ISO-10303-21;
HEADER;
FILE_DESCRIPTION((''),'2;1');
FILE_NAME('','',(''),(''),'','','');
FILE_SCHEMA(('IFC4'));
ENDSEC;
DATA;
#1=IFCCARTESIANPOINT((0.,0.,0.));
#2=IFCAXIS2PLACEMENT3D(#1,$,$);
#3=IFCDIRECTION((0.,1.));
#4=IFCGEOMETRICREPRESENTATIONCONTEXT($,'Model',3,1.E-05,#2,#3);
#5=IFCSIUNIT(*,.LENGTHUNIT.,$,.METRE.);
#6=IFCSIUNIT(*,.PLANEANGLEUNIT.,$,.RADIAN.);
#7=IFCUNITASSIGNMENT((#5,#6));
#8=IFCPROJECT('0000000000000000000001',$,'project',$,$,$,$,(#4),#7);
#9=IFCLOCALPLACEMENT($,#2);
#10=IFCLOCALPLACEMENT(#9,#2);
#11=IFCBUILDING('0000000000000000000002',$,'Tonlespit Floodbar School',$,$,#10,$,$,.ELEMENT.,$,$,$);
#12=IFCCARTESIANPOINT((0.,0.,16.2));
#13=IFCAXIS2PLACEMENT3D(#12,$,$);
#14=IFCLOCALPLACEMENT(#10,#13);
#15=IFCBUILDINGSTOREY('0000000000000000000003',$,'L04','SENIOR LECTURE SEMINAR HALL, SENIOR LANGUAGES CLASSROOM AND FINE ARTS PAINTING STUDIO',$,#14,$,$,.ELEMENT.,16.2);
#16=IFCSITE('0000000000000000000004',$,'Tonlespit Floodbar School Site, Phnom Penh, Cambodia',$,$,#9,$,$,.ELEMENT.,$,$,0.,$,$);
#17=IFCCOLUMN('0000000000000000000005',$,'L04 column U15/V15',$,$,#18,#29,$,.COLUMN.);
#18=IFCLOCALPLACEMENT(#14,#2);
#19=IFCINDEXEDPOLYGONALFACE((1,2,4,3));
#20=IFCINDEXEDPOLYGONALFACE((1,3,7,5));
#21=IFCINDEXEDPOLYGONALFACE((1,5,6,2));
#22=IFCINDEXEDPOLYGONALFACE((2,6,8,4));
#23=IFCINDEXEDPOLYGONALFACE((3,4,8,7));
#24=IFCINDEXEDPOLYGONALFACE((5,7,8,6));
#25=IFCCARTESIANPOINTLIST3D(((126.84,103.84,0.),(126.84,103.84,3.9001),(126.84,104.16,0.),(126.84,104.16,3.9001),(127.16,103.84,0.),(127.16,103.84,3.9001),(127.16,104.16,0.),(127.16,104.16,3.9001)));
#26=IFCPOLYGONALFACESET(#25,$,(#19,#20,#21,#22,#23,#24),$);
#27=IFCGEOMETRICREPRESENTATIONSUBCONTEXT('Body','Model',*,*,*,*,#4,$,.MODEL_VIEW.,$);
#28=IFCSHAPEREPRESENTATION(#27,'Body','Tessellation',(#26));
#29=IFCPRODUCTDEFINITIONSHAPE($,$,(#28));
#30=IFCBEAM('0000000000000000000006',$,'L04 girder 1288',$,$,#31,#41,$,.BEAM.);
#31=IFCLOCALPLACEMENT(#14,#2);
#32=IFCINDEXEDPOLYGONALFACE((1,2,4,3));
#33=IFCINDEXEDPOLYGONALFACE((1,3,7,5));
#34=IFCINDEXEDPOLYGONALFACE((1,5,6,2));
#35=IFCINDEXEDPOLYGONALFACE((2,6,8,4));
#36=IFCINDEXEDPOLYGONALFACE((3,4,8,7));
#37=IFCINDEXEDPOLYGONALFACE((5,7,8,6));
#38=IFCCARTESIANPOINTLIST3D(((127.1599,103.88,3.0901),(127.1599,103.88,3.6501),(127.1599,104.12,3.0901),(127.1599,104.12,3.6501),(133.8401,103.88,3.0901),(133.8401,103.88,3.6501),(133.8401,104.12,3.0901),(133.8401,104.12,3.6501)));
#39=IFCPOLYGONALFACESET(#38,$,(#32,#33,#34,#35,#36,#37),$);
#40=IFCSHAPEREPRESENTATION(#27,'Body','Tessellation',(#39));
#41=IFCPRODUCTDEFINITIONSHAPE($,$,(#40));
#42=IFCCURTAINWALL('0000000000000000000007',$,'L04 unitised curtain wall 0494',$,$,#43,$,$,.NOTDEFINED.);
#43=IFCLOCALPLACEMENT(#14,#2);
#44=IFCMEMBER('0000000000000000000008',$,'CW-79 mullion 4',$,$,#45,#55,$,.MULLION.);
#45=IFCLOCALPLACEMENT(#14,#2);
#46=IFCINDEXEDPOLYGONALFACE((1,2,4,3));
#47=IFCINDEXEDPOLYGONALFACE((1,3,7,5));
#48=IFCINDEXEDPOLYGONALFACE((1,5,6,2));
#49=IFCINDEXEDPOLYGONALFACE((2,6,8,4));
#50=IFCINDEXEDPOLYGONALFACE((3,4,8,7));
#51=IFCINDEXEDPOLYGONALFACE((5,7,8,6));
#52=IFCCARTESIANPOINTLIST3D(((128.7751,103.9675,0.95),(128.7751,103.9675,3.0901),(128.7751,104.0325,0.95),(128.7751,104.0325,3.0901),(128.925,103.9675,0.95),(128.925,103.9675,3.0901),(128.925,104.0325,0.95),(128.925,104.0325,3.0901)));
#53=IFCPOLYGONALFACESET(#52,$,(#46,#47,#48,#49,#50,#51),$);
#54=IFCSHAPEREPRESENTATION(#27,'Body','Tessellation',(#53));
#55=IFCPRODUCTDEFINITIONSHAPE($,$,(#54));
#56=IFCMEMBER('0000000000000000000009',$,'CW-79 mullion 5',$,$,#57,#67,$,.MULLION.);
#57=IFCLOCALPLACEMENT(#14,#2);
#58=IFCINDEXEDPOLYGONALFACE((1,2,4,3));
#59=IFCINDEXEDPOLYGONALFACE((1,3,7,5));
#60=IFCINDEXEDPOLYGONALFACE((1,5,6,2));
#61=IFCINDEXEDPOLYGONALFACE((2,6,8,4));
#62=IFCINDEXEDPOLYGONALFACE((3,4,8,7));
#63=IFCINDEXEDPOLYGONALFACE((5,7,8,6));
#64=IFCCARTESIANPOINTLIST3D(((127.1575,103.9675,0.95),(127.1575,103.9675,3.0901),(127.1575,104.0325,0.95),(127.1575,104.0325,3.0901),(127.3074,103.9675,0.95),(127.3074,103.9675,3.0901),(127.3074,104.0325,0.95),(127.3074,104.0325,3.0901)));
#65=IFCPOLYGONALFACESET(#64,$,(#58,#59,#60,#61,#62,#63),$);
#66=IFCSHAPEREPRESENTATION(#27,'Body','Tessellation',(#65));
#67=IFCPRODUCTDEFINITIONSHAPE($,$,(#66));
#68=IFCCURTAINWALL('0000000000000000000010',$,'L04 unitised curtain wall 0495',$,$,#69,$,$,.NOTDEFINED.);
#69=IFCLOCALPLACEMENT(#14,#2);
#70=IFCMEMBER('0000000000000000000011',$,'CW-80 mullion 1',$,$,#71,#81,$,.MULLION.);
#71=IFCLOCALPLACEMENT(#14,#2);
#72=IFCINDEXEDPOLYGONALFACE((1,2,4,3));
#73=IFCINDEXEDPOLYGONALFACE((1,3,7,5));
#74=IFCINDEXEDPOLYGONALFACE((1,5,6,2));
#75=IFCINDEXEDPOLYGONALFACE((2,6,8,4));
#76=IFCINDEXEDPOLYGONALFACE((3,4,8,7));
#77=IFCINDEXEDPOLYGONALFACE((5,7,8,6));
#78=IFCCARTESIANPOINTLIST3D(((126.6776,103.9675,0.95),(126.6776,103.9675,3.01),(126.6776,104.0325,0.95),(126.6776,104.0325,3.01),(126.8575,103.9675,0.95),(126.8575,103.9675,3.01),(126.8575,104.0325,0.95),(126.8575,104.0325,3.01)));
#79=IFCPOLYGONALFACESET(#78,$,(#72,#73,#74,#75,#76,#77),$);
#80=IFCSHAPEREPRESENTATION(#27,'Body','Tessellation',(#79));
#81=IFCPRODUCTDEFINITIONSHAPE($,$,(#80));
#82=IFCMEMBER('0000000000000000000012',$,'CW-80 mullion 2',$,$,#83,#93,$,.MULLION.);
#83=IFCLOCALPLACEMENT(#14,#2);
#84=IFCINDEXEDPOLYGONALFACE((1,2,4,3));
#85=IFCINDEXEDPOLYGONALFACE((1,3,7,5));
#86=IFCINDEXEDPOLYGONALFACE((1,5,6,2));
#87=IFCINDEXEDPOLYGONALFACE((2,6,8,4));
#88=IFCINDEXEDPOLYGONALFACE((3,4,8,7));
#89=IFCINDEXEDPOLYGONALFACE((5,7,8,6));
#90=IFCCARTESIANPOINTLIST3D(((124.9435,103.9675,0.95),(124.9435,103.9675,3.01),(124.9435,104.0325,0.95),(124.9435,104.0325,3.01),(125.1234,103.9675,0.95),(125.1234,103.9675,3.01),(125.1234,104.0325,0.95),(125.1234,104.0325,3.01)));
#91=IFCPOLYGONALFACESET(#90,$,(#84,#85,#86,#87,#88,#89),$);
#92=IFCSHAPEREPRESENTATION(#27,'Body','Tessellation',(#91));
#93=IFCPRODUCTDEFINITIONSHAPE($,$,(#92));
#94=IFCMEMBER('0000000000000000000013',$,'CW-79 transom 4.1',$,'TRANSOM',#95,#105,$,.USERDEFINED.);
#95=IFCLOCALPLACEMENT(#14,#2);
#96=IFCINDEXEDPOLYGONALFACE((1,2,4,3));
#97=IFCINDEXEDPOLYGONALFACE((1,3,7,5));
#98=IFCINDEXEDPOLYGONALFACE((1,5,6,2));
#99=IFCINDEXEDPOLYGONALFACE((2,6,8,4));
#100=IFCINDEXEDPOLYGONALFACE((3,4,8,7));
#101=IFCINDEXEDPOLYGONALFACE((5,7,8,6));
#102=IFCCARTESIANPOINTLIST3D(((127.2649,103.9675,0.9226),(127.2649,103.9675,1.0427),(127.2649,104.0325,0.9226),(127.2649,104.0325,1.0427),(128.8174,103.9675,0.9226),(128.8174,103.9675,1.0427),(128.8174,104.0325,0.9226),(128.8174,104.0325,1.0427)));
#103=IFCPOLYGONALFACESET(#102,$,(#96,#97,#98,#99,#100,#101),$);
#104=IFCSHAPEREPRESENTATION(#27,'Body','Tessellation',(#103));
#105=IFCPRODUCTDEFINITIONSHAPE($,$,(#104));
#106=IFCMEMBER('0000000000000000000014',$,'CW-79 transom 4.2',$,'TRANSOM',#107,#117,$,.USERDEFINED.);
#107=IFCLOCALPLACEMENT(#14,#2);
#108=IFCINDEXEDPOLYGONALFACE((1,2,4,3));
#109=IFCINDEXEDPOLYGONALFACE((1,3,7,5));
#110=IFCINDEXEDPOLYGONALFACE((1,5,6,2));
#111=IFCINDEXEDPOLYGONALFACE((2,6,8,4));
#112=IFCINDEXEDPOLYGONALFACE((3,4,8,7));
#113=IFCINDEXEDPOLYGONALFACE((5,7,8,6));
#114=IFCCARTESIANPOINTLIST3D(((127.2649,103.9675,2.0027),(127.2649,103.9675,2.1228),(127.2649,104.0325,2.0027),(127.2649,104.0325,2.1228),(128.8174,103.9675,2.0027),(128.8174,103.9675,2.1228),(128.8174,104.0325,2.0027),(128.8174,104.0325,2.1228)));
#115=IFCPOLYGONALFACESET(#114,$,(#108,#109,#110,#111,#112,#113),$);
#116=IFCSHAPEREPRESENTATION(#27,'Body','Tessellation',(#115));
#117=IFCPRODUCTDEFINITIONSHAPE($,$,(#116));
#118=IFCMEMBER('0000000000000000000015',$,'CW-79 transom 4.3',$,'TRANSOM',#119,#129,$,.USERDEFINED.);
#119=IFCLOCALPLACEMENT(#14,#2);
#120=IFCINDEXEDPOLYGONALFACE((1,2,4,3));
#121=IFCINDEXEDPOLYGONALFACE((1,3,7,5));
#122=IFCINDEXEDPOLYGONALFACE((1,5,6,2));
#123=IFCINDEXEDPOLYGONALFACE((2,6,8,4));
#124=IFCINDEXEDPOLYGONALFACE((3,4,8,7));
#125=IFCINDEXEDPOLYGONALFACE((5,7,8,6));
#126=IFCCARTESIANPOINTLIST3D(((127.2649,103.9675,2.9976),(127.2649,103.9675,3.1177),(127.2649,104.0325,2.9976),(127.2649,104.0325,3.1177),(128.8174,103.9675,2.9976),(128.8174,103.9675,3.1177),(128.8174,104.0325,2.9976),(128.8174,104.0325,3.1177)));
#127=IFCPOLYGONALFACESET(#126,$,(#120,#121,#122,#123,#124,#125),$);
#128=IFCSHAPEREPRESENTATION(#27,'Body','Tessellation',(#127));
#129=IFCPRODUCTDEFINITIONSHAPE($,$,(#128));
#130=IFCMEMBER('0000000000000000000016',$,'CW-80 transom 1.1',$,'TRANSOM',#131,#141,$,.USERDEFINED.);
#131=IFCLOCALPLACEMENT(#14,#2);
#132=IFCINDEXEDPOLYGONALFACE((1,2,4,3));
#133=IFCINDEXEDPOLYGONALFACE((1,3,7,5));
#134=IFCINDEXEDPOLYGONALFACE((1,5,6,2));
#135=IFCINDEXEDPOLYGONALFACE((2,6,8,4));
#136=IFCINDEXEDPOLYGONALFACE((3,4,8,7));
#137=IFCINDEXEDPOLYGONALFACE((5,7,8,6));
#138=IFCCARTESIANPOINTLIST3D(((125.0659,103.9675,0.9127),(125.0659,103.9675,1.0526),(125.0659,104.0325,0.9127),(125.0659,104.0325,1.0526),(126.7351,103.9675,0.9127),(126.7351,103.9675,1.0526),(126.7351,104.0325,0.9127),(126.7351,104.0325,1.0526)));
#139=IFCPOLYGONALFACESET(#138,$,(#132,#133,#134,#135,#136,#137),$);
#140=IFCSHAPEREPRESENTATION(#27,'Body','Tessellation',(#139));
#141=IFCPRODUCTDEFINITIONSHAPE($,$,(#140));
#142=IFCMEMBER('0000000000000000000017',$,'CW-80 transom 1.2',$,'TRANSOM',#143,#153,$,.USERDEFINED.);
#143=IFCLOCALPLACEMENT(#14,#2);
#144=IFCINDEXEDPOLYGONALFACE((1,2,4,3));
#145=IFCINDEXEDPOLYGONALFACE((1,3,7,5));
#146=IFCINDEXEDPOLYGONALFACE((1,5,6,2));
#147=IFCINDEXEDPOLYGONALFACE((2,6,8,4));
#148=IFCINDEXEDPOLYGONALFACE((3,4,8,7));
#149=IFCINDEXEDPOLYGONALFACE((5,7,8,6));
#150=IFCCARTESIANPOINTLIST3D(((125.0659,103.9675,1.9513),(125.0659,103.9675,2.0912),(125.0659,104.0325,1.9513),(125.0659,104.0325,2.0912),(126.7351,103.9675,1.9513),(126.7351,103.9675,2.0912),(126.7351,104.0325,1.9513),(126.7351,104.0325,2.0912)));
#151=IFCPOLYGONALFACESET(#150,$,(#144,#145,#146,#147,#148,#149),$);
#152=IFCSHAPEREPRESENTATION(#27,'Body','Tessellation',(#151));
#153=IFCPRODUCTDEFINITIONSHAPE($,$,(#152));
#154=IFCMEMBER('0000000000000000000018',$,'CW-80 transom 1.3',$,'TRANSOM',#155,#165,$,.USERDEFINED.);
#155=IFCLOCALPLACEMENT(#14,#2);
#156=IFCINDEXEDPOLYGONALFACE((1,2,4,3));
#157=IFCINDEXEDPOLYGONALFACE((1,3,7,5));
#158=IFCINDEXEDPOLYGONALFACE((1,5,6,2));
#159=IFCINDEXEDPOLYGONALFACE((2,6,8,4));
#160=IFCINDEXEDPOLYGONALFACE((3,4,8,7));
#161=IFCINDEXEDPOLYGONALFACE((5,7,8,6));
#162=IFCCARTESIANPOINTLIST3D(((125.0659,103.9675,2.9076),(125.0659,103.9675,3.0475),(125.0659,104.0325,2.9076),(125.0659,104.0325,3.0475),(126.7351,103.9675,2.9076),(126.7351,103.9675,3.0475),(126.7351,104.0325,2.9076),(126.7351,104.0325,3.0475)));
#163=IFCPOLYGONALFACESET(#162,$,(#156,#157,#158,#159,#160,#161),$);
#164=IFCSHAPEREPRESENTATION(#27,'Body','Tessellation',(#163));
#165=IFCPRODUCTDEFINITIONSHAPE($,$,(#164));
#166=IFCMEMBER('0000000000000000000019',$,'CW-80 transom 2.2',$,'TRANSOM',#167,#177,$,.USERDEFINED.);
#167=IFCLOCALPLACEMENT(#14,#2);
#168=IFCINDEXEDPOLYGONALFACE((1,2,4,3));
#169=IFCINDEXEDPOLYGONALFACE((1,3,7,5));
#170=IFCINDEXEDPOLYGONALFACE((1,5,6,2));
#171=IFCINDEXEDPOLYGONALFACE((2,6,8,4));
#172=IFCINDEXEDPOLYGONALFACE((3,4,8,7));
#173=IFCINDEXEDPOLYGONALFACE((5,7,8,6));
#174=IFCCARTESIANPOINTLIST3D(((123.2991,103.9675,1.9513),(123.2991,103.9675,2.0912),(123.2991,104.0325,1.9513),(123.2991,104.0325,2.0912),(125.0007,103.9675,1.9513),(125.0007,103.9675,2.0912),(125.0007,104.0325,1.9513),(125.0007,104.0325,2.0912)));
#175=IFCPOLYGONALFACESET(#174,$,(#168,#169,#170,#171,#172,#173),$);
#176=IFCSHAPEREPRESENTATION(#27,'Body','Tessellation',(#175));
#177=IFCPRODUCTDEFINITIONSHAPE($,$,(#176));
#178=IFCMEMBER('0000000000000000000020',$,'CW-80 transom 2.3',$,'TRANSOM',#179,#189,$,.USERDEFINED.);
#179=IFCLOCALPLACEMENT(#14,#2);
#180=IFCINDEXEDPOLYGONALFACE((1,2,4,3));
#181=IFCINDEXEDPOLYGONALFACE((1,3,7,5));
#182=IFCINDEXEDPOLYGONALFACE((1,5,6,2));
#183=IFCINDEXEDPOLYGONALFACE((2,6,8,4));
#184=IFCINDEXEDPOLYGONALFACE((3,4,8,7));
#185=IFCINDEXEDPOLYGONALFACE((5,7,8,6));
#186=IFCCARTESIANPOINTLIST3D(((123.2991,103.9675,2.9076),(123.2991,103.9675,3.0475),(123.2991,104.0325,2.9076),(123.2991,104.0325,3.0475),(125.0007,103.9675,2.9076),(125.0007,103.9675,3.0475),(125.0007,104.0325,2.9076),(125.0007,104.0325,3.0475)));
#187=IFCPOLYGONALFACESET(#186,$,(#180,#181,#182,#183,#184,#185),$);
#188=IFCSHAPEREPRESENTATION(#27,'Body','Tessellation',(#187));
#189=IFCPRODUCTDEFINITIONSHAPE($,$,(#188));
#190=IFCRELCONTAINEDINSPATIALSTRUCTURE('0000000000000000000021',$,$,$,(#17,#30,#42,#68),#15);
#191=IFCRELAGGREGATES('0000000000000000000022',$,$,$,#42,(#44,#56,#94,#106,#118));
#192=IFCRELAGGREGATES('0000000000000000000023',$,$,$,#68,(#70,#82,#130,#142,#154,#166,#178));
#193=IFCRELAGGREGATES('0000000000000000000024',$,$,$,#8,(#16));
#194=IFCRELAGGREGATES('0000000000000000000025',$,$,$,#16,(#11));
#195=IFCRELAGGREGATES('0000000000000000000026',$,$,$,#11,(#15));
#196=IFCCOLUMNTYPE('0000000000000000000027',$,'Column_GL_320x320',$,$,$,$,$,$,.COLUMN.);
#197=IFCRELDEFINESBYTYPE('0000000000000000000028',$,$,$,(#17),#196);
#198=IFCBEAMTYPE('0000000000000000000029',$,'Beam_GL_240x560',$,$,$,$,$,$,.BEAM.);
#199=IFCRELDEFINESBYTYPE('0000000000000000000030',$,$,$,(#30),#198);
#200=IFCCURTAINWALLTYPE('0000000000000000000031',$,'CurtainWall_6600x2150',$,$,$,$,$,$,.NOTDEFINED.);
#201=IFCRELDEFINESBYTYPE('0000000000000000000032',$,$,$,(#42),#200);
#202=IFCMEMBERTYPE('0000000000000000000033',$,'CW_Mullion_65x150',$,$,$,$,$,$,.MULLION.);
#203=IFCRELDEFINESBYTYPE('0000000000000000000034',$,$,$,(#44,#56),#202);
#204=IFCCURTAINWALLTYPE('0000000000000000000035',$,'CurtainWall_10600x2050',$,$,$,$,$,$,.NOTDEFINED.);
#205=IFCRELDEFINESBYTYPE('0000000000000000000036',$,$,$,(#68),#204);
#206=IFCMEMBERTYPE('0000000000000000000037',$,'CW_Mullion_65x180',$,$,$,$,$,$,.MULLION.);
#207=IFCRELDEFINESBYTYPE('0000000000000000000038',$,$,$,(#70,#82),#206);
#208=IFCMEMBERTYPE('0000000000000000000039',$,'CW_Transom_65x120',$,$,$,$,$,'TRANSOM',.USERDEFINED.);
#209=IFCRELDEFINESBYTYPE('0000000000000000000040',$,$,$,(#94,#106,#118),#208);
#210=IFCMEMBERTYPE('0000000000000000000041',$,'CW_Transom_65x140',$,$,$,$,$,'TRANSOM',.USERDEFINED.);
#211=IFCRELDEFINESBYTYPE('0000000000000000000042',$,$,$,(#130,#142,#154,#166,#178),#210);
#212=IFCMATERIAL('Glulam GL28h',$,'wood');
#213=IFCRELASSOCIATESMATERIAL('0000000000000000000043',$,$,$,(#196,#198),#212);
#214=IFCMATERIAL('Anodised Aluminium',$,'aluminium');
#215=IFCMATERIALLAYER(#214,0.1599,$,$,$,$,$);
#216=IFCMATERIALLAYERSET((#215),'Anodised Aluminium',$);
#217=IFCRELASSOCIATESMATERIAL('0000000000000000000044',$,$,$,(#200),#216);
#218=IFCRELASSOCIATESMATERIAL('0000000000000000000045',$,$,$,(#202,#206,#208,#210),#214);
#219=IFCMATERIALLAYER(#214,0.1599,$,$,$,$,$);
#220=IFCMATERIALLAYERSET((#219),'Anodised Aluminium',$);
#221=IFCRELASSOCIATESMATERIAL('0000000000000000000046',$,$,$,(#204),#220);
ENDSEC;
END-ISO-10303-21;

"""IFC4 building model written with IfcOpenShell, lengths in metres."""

from ifc_helpers import new_model, si_unit, direction, frame, origin, origin_2d, place, context, subcontext, project, spatial, rectangle, extrude, material, layer, layer_set, material_profile, profile_set, type_object, element, aggregate, save


model = new_model("IFC4")

# Units and contexts
model_context = context("Model", 3, precision=1e-05, world=origin(), true_north=direction((0.0, 1.0)))
body_context = subcontext(model_context, "Body", "Model", "MODEL_VIEW")
ifc_project = project(units=[si_unit("LENGTHUNIT", "METRE"), si_unit("PLANEANGLEUNIT", "RADIAN")], contexts=[model_context])

# Site, building, storey
site_placement = place(None, origin())
site = spatial("IfcSite", under=ifc_project, at=site_placement, Name="Tonlespit Floodbar School Site, Phnom Penh, Cambodia", CompositionType="ELEMENT", RefElevation=0.0)
building_placement = place(site_placement, origin())
building = spatial("IfcBuilding", under=site, at=building_placement, Name="Tonlespit Floodbar School", CompositionType="ELEMENT")
storey_placement = place(building_placement, frame((0.0, 0.0, 16.2)))
storey = spatial("IfcBuildingStorey", under=building, at=storey_placement, Name="L04", Description="SENIOR LECTURE SEMINAR HALL, SENIOR LANGUAGES CLASSROOM AND FINE ARTS PAINTING STUDIO", CompositionType="ELEMENT", Elevation=16.2)

# Column
ifc_material_1 = material(Name="Glulam GL28h", Category="wood")
ifc_material_profile_1 = material_profile(ifc_material_1, rectangle(XDim=0.3201, YDim=0.3201, at=origin_2d()), Name="GL 320x320")
ifc_profile_set_1 = profile_set([ifc_material_profile_1], Name="Glulam GL28h")
column_type = type_object("IfcColumnType", Name="Column_GL_320x320", PredefinedType="COLUMN", material=ifc_profile_set_1)
column_placement = place(storey_placement, frame((127.0, 104.0, 0.0), z_axis=(0.0, 0.0, 1.0), x_axis=(1.0, 0.0, 0.0)))
element("IfcColumn", 1, at=column_placement, inside=storey, type_object=column_type, Name="L04 column U15/V15", PredefinedType="COLUMN", context=body_context, shape_type="SweptSolid", body=[
    extrude(rectangle(XDim=0.3201, YDim=0.3201, at=origin_2d()), origin(), (0.0, 0.0, 1.0), 3.9001),
])

# Beam
ifc_material_profile_2 = material_profile(ifc_material_1, rectangle(XDim=0.24, YDim=0.5601, at=origin_2d()), Name="GL 240x560")
ifc_profile_set_2 = profile_set([ifc_material_profile_2], Name="Glulam GL28h")
beam_type = type_object("IfcBeamType", Name="Beam_GL_240x560", PredefinedType="BEAM", material=ifc_profile_set_2)
beam_placement = place(storey_placement, frame((127.1599, 104.0, 3.3701), z_axis=(1.0, 0.0, 0.0), x_axis=(0.0, 1.0, 0.0)))
element("IfcBeam", 2, at=beam_placement, inside=storey, type_object=beam_type, Name="L04 girder 1288", PredefinedType="BEAM", context=body_context, shape_type="SweptSolid", body=[
    extrude(rectangle(XDim=0.24, YDim=0.5601, at=origin_2d()), origin(), (0.0, 0.0, 1.0), 6.6802),
])

# Curtain walls, members
ifc_material_2 = material(Name="Anodised Aluminium", Category="aluminium")
ifc_layer_1 = layer(ifc_material_2, 0.1599)
ifc_layer_set_1 = layer_set([ifc_layer_1], Name="Anodised Aluminium")
curtain_wall_type_1 = type_object("IfcCurtainWallType", Name="CurtainWall_6600x2150", PredefinedType="NOTDEFINED", material=ifc_layer_set_1)
curtain_wall_1_placement = place(storey_placement, origin())
curtain_wall_1 = element("IfcCurtainWall", 3, at=curtain_wall_1_placement, inside=storey, type_object=curtain_wall_type_1, Name="L04 unitised curtain wall 0494", PredefinedType="NOTDEFINED")
ifc_material_profile_3 = material_profile(ifc_material_2, rectangle(XDim=0.0649, YDim=0.1499, at=origin_2d()), Name="ALU M65x150")
ifc_profile_set_3 = profile_set([ifc_material_profile_3], Name="Anodised Aluminium")
member_type_1 = type_object("IfcMemberType", Name="CW_Mullion_65x150", PredefinedType="MULLION", material=ifc_profile_set_3)
member_1_placement = place(storey_placement, frame((128.8501, 104.0, 0.95), z_axis=(0.0, 0.0, 1.0), x_axis=(0.0, -1.0, 0.0)))
member_1 = element("IfcMember", 4, at=member_1_placement, type_object=member_type_1, Name="CW-79 mullion 4", PredefinedType="MULLION", context=body_context, shape_type="SweptSolid", body=[
    extrude(rectangle(XDim=0.0649, YDim=0.1499, at=origin_2d()), origin(), (0.0, 0.0, 1.0), 2.1401),
])
member_2_placement = place(storey_placement, frame((127.2324, 104.0, 0.95), z_axis=(0.0, 0.0, 1.0), x_axis=(0.0, -1.0, 0.0)))
member_2 = element("IfcMember", 5, at=member_2_placement, type_object=member_type_1, Name="CW-79 mullion 5", PredefinedType="MULLION", context=body_context, shape_type="SweptSolid", body=[
    extrude(rectangle(XDim=0.0649, YDim=0.1499, at=origin_2d()), origin(), (0.0, 0.0, 1.0), 2.1401),
])
ifc_layer_2 = layer(ifc_material_2, 0.1599)
ifc_layer_set_2 = layer_set([ifc_layer_2], Name="Anodised Aluminium")
curtain_wall_type_2 = type_object("IfcCurtainWallType", Name="CurtainWall_10600x2050", PredefinedType="NOTDEFINED", material=ifc_layer_set_2)
curtain_wall_2_placement = place(storey_placement, origin())
curtain_wall_2 = element("IfcCurtainWall", 6, at=curtain_wall_2_placement, inside=storey, type_object=curtain_wall_type_2, Name="L04 unitised curtain wall 0495", PredefinedType="NOTDEFINED")
ifc_material_profile_4 = material_profile(ifc_material_2, rectangle(XDim=0.0649, YDim=0.1799, at=origin_2d()), Name="ALU M65x180")
ifc_profile_set_4 = profile_set([ifc_material_profile_4], Name="Anodised Aluminium")
member_type_2 = type_object("IfcMemberType", Name="CW_Mullion_65x180", PredefinedType="MULLION", material=ifc_profile_set_4)
member_3_placement = place(storey_placement, frame((126.7676, 104.0, 0.95), z_axis=(0.0, 0.0, 1.0), x_axis=(0.0, -1.0, 0.0)))
member_3 = element("IfcMember", 7, at=member_3_placement, type_object=member_type_2, Name="CW-80 mullion 1", PredefinedType="MULLION", context=body_context, shape_type="SweptSolid", body=[
    extrude(rectangle(XDim=0.0649, YDim=0.1799, at=origin_2d()), origin(), (0.0, 0.0, 1.0), 2.0601),
])
member_4_placement = place(storey_placement, frame((125.0334, 104.0, 0.95), z_axis=(0.0, 0.0, 1.0), x_axis=(0.0, -1.0, 0.0)))
member_4 = element("IfcMember", 8, at=member_4_placement, type_object=member_type_2, Name="CW-80 mullion 2", PredefinedType="MULLION", context=body_context, shape_type="SweptSolid", body=[
    extrude(rectangle(XDim=0.0649, YDim=0.1799, at=origin_2d()), origin(), (0.0, 0.0, 1.0), 2.0601),
])

# Members
ifc_material_profile_5 = material_profile(ifc_material_2, rectangle(XDim=0.0649, YDim=0.1201, at=origin_2d()), Name="ALU T65x120")
ifc_profile_set_5 = profile_set([ifc_material_profile_5], Name="Anodised Aluminium")
member_type_3 = type_object("IfcMemberType", Name="CW_Transom_65x120", ElementType="TRANSOM", PredefinedType="USERDEFINED", material=ifc_profile_set_5)
member_5_placement = place(storey_placement, frame((128.8174, 104.0, 0.9827), z_axis=(-1.0, 0.0, 0.0), x_axis=(0.0, -1.0, 0.0)))
member_5 = element("IfcMember", 9, at=member_5_placement, type_object=member_type_3, Name="CW-79 transom 4.1", ObjectType="TRANSOM", PredefinedType="USERDEFINED", context=body_context, shape_type="SweptSolid", body=[
    extrude(rectangle(XDim=0.0649, YDim=0.1201, at=origin_2d()), origin(), (0.0, 0.0, 1.0), 1.5525),
])
member_6_placement = place(storey_placement, frame((128.8174, 104.0, 2.0627), z_axis=(-1.0, 0.0, 0.0), x_axis=(0.0, -1.0, 0.0)))
member_6 = element("IfcMember", 10, at=member_6_placement, type_object=member_type_3, Name="CW-79 transom 4.2", ObjectType="TRANSOM", PredefinedType="USERDEFINED", context=body_context, shape_type="SweptSolid", body=[
    extrude(rectangle(XDim=0.0649, YDim=0.1201, at=origin_2d()), origin(), (0.0, 0.0, 1.0), 1.5525),
])
member_7_placement = place(storey_placement, frame((128.8174, 104.0, 3.0576), z_axis=(-1.0, 0.0, 0.0), x_axis=(0.0, -1.0, 0.0)))
member_7 = element("IfcMember", 11, at=member_7_placement, type_object=member_type_3, Name="CW-79 transom 4.3", ObjectType="TRANSOM", PredefinedType="USERDEFINED", context=body_context, shape_type="SweptSolid", body=[
    extrude(rectangle(XDim=0.0649, YDim=0.1201, at=origin_2d()), origin(), (0.0, 0.0, 1.0), 1.5525),
])
ifc_material_profile_6 = material_profile(ifc_material_2, rectangle(XDim=0.0649, YDim=0.1399, at=origin_2d()), Name="ALU T65x140")
ifc_profile_set_6 = profile_set([ifc_material_profile_6], Name="Anodised Aluminium")
member_type_4 = type_object("IfcMemberType", Name="CW_Transom_65x140", ElementType="TRANSOM", PredefinedType="USERDEFINED", material=ifc_profile_set_6)
member_8_placement = place(storey_placement, frame((126.7351, 104.0, 0.9827), z_axis=(-1.0, 0.0, 0.0), x_axis=(0.0, -1.0, 0.0)))
member_8 = element("IfcMember", 12, at=member_8_placement, type_object=member_type_4, Name="CW-80 transom 1.1", ObjectType="TRANSOM", PredefinedType="USERDEFINED", context=body_context, shape_type="SweptSolid", body=[
    extrude(rectangle(XDim=0.0649, YDim=0.1399, at=origin_2d()), origin(), (0.0, 0.0, 1.0), 1.6692),
])
member_9_placement = place(storey_placement, frame((126.7351, 104.0, 2.0212), z_axis=(-1.0, 0.0, 0.0), x_axis=(0.0, -1.0, 0.0)))
member_9 = element("IfcMember", 13, at=member_9_placement, type_object=member_type_4, Name="CW-80 transom 1.2", ObjectType="TRANSOM", PredefinedType="USERDEFINED", context=body_context, shape_type="SweptSolid", body=[
    extrude(rectangle(XDim=0.0649, YDim=0.1399, at=origin_2d()), origin(), (0.0, 0.0, 1.0), 1.6692),
])
member_10_placement = place(storey_placement, frame((126.7351, 104.0, 2.9775), z_axis=(-1.0, 0.0, 0.0), x_axis=(0.0, -1.0, 0.0)))
member_10 = element("IfcMember", 14, at=member_10_placement, type_object=member_type_4, Name="CW-80 transom 1.3", ObjectType="TRANSOM", PredefinedType="USERDEFINED", context=body_context, shape_type="SweptSolid", body=[
    extrude(rectangle(XDim=0.0649, YDim=0.1399, at=origin_2d()), origin(), (0.0, 0.0, 1.0), 1.6692),
])
member_11_placement = place(storey_placement, frame((125.0007, 104.0, 2.0212), z_axis=(-1.0, 0.0, 0.0), x_axis=(0.0, -1.0, 0.0)))
member_11 = element("IfcMember", 15, at=member_11_placement, type_object=member_type_4, Name="CW-80 transom 2.2", ObjectType="TRANSOM", PredefinedType="USERDEFINED", context=body_context, shape_type="SweptSolid", body=[
    extrude(rectangle(XDim=0.0649, YDim=0.1399, at=origin_2d()), origin(), (0.0, 0.0, 1.0), 1.7017),
])
member_12_placement = place(storey_placement, frame((125.0007, 104.0, 2.9775), z_axis=(-1.0, 0.0, 0.0), x_axis=(0.0, -1.0, 0.0)))
member_12 = element("IfcMember", 16, at=member_12_placement, type_object=member_type_4, Name="CW-80 transom 2.3", ObjectType="TRANSOM", PredefinedType="USERDEFINED", context=body_context, shape_type="SweptSolid", body=[
    extrude(rectangle(XDim=0.0649, YDim=0.1399, at=origin_2d()), origin(), (0.0, 0.0, 1.0), 1.7017),
])

aggregate(curtain_wall_1, [member_1, member_2, member_5, member_6, member_7])
aggregate(curtain_wall_2, [member_3, member_4, member_8, member_9, member_10, member_11, member_12])

save(model, "model.ifc")
